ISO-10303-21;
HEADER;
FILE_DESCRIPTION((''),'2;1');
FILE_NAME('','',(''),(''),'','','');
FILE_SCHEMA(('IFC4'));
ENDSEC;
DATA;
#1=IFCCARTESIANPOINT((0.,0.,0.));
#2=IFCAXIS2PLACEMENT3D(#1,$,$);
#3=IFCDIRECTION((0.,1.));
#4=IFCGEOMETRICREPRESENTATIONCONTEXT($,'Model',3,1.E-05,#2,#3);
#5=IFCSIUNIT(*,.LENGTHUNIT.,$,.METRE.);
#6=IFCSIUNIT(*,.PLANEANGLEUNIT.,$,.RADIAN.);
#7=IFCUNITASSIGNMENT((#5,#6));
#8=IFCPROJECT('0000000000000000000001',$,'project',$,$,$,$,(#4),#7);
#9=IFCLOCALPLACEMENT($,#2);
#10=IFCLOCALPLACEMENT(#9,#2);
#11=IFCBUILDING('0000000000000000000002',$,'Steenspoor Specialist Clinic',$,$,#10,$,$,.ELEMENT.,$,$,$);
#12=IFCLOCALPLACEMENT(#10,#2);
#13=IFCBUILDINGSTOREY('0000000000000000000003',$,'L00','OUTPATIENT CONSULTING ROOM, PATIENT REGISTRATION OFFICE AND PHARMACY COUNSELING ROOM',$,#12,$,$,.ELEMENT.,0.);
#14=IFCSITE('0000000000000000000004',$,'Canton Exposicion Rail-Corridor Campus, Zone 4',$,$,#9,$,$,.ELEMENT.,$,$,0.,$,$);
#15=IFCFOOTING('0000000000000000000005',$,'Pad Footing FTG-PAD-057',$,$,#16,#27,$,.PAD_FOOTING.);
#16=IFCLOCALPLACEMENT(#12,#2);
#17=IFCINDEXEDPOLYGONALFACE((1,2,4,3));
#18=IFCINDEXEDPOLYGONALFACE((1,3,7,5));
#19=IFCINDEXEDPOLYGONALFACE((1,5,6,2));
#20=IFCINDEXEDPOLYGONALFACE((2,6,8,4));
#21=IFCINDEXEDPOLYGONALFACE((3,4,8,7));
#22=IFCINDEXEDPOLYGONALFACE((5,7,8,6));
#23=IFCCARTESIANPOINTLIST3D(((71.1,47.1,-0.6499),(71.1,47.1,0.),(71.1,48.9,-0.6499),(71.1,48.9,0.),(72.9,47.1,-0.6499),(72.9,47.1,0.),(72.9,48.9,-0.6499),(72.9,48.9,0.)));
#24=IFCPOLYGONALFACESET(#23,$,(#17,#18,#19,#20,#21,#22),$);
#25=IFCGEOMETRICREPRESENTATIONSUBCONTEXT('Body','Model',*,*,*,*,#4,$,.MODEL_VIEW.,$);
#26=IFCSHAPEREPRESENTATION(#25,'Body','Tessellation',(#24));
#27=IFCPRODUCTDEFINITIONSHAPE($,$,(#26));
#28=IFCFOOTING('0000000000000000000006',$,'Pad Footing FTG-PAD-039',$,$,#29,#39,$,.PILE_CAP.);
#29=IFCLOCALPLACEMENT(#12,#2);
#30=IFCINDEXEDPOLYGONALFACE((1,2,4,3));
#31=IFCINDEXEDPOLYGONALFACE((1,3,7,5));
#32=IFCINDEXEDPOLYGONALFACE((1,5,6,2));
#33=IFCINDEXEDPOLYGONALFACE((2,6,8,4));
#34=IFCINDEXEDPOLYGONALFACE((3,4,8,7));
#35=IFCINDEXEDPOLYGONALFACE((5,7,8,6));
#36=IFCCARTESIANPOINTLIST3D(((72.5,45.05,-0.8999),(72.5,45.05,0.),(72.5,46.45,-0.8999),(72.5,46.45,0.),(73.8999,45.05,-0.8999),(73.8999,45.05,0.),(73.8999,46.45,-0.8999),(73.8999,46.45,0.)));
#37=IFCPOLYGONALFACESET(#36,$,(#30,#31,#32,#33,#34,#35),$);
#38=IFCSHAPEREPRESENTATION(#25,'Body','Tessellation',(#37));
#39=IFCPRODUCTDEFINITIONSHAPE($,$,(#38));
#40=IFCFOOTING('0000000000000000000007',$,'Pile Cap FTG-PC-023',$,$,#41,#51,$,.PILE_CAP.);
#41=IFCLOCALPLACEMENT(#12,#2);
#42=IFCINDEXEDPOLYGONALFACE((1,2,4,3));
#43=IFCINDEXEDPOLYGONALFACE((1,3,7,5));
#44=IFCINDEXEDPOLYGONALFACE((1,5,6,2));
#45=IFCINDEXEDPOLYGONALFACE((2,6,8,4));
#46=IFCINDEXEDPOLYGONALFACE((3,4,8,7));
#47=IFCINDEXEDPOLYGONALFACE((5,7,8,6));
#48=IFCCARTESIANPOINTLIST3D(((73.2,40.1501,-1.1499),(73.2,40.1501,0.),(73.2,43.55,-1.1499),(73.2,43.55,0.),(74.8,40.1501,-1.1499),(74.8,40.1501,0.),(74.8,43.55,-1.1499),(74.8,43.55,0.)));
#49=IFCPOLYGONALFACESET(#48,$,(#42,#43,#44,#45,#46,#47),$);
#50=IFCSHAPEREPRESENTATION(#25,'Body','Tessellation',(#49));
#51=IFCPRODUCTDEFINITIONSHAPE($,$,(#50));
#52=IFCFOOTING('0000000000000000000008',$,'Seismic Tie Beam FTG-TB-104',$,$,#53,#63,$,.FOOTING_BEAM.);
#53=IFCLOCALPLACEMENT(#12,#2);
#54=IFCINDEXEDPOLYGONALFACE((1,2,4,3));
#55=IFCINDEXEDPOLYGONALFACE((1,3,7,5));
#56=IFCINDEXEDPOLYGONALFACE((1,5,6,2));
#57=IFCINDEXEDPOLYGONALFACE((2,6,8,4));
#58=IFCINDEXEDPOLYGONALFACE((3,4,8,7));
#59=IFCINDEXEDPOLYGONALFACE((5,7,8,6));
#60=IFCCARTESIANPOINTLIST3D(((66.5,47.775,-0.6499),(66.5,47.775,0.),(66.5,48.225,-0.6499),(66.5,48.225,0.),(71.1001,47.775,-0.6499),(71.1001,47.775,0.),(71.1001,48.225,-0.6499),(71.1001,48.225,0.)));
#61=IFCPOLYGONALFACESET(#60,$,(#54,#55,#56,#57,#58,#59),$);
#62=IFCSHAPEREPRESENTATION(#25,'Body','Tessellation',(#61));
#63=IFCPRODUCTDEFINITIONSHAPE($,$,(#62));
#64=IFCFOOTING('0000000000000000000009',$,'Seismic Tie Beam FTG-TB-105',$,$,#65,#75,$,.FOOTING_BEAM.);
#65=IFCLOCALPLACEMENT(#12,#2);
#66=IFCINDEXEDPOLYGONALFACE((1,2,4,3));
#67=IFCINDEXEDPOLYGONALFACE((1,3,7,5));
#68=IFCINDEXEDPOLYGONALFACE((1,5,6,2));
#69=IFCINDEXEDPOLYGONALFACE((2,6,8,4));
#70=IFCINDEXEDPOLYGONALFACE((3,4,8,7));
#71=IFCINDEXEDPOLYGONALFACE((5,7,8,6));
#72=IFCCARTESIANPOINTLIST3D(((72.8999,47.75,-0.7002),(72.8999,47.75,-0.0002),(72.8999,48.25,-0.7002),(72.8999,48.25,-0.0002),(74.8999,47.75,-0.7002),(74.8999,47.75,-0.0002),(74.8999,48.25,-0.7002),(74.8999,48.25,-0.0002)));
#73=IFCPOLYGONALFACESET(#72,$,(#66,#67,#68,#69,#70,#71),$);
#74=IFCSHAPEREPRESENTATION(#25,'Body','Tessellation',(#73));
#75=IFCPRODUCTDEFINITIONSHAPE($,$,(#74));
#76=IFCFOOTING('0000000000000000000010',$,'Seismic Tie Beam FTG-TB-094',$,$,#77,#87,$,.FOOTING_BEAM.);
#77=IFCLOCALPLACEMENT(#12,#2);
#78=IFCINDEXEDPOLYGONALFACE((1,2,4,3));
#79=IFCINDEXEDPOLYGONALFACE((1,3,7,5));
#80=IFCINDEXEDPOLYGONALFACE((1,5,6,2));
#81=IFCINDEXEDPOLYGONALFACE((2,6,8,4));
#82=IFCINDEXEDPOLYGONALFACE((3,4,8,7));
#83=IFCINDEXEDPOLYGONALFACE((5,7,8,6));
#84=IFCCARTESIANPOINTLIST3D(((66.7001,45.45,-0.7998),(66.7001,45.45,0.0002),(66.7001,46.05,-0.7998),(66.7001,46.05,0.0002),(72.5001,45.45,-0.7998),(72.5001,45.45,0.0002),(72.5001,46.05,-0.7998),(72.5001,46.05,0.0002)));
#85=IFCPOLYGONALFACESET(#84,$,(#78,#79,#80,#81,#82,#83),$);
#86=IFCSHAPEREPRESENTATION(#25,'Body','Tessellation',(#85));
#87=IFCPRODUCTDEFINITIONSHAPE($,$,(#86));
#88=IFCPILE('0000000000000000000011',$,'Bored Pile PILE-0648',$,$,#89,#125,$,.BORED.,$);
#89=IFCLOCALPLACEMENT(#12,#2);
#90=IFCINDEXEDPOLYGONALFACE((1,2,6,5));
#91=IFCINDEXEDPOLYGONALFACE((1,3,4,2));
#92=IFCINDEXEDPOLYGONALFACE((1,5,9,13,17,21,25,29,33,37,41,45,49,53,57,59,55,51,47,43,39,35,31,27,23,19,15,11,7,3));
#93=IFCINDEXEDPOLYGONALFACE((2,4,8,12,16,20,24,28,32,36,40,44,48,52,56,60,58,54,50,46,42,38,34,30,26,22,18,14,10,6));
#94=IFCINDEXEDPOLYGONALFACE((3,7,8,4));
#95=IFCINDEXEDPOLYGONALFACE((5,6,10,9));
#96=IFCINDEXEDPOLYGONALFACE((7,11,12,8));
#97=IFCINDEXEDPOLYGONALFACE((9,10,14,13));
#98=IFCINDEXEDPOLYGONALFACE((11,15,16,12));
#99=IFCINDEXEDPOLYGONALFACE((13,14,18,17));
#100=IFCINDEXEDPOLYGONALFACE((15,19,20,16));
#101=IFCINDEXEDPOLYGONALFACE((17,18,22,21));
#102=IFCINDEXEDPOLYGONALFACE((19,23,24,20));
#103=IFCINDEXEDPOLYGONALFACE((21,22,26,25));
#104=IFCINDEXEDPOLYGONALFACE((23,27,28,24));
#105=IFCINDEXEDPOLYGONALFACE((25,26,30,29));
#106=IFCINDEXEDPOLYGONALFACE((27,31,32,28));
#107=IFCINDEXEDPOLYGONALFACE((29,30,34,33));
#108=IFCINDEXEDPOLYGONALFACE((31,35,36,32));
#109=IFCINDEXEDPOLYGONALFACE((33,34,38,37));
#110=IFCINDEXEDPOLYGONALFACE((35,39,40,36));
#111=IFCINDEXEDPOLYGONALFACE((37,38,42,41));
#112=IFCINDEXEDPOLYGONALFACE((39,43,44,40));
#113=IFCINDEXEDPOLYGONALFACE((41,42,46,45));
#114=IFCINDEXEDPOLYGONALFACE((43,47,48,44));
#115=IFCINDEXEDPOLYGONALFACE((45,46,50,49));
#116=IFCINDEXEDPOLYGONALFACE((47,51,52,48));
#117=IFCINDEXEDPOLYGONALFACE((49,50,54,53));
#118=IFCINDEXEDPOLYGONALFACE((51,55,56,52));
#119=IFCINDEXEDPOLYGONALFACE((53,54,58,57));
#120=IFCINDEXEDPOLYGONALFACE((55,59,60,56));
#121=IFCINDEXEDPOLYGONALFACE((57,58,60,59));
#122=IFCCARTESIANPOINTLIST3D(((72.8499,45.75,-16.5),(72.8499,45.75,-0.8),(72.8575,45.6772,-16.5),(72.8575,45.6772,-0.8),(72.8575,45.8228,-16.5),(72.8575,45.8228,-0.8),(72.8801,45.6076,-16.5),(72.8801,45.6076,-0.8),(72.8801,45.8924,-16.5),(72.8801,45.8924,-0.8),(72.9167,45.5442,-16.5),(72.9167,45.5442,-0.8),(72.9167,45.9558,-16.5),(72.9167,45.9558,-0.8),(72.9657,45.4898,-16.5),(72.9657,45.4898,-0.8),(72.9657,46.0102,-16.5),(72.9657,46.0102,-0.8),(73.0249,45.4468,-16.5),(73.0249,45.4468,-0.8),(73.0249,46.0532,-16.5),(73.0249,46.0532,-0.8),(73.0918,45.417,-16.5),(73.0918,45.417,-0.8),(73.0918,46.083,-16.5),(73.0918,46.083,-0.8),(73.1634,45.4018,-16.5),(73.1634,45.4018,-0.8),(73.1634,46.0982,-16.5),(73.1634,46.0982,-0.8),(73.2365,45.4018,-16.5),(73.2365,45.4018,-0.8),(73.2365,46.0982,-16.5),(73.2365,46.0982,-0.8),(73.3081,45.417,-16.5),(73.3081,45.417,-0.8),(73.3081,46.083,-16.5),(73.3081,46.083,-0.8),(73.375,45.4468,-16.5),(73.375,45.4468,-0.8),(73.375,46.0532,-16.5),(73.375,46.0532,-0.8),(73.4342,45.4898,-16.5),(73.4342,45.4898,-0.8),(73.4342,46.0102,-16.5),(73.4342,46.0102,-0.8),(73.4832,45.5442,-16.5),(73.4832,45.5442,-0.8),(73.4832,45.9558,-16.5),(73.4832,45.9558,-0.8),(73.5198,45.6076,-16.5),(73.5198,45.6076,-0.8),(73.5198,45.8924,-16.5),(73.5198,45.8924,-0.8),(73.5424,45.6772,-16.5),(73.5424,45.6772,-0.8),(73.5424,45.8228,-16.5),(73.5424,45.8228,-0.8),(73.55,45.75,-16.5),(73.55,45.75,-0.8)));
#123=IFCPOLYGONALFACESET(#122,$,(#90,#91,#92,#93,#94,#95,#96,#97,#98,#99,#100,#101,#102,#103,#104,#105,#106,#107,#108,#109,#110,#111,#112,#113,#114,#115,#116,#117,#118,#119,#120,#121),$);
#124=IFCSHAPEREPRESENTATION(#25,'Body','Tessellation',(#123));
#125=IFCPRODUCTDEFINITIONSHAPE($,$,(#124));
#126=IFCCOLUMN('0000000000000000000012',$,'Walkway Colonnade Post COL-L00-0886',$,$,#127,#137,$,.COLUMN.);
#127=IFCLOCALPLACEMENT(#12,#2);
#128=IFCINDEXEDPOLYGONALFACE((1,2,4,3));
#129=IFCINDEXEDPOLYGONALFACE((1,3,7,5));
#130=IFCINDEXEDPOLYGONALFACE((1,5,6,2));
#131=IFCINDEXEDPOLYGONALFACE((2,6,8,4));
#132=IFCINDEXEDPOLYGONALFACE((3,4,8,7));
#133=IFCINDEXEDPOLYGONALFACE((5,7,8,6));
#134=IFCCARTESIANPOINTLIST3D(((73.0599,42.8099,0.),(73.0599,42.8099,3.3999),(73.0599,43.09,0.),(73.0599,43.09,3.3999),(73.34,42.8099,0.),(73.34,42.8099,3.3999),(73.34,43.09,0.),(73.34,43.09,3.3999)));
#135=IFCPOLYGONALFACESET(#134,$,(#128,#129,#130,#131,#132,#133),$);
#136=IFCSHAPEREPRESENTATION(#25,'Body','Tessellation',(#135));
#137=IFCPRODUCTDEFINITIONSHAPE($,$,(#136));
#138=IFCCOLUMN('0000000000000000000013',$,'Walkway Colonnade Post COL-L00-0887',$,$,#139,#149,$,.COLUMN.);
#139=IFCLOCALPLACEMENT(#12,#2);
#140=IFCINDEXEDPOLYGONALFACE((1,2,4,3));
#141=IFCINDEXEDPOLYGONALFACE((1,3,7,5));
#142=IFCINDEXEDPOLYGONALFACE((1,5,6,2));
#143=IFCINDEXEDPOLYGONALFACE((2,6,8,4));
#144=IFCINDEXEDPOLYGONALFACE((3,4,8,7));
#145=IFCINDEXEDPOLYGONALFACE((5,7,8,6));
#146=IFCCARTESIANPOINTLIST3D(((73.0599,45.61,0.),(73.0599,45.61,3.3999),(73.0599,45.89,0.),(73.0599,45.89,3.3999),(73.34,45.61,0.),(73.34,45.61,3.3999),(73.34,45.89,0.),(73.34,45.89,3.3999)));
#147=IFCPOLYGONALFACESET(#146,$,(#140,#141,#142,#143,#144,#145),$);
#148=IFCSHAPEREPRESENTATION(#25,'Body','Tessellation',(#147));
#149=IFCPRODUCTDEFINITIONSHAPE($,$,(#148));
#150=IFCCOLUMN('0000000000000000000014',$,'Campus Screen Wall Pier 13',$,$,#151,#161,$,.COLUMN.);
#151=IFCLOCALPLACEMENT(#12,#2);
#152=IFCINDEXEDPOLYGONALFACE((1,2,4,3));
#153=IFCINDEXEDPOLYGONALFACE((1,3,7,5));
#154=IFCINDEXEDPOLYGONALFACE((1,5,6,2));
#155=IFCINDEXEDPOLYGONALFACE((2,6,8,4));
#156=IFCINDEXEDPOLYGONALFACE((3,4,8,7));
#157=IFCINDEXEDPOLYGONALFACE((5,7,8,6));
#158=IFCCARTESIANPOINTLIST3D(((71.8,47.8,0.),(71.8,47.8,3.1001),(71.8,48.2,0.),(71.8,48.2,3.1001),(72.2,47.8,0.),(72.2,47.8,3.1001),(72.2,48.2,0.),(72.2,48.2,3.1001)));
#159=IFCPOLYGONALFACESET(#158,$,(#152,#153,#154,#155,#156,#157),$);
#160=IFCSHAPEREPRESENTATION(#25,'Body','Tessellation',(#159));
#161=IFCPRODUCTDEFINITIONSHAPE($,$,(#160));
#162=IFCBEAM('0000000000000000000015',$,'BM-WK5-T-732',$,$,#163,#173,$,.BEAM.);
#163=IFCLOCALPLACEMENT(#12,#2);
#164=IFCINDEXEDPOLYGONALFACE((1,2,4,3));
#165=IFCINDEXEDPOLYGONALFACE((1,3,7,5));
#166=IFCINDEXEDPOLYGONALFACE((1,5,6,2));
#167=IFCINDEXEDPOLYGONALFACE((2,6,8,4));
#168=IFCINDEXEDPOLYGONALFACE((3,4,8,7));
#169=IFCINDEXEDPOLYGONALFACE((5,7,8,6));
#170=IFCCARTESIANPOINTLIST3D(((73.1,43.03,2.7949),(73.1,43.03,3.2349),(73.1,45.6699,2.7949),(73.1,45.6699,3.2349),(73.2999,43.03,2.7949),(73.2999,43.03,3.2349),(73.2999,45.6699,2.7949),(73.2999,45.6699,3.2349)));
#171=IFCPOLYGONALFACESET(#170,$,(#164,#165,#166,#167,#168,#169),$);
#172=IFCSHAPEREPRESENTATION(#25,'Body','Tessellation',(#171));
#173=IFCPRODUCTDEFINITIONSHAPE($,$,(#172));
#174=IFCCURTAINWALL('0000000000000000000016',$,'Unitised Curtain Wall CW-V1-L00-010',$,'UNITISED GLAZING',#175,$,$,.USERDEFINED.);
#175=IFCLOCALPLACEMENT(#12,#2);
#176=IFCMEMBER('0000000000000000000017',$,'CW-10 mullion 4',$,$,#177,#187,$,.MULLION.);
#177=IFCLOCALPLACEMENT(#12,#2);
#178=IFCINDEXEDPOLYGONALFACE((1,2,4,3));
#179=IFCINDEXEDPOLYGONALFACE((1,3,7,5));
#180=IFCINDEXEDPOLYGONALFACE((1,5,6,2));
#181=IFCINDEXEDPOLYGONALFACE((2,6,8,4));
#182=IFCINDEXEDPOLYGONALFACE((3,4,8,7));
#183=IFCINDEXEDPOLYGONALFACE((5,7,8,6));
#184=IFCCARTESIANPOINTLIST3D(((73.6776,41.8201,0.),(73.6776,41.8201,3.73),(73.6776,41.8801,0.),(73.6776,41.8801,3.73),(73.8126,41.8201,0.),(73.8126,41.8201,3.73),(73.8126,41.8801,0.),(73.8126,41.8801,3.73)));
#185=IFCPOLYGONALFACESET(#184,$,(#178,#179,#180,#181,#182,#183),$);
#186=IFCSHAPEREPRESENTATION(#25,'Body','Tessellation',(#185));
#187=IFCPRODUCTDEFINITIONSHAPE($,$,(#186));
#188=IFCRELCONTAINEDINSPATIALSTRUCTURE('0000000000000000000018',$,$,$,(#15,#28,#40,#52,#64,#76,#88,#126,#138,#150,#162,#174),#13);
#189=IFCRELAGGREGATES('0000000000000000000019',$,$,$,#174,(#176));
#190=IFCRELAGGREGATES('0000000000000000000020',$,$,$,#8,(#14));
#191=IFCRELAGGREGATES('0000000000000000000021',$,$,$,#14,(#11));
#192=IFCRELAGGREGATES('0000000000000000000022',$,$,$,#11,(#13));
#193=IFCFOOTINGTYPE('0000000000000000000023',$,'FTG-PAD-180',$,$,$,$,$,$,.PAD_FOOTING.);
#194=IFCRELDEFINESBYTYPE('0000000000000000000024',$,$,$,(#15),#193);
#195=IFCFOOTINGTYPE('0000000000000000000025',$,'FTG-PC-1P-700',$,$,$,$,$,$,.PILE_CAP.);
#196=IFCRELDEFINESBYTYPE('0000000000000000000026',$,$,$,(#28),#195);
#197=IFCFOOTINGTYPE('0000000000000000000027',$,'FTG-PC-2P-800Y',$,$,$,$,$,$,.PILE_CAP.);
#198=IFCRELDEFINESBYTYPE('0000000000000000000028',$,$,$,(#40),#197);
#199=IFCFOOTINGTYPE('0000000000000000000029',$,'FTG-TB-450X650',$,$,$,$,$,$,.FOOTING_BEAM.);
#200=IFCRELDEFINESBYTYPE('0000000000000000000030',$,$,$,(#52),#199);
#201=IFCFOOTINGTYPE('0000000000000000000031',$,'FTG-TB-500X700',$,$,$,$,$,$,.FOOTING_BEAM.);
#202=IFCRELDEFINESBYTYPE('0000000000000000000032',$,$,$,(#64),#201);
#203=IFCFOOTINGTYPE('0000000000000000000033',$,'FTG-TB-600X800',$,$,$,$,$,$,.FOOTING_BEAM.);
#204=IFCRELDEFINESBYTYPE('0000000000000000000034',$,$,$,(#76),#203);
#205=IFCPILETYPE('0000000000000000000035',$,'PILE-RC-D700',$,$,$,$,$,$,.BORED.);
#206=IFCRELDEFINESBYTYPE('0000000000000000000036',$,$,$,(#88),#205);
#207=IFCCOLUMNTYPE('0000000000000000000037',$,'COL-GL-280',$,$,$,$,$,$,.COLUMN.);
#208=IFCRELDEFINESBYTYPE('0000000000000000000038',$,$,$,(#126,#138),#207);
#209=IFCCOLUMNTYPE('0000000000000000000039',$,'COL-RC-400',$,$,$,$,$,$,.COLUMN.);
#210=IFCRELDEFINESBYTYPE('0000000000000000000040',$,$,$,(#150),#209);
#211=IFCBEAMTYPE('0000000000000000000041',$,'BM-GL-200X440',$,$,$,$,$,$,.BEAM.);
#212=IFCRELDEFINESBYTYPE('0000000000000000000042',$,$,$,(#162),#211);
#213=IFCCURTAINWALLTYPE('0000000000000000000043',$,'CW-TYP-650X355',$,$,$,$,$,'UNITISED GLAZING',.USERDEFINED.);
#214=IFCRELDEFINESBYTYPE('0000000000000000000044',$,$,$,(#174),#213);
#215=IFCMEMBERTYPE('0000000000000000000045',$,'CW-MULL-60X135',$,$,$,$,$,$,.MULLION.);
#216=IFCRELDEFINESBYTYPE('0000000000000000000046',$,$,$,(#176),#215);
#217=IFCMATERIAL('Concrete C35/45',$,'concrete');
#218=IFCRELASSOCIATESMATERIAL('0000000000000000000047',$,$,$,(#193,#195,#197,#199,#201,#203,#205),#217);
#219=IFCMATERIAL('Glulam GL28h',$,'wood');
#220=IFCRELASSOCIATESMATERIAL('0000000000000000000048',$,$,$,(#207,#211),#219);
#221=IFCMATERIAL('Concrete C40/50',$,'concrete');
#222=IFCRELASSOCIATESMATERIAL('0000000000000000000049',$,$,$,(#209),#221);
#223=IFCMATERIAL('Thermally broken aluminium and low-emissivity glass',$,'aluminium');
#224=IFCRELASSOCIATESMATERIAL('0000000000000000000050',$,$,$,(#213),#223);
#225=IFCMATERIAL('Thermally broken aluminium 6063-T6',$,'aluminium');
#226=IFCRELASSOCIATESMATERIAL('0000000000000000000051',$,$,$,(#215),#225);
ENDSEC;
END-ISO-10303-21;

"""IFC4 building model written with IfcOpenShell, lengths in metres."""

from ifc_helpers import new_model, si_unit, direction, frame, origin, origin_2d, place, context, subcontext, project, spatial, rectangle, circle, extrude, material, material_profile, profile_set, type_object, element, aggregate, save


model = new_model("IFC4")

# Units and contexts
model_context = context("Model", 3, precision=1e-05, world=origin(), true_north=direction((0.0, 1.0)))
body_context = subcontext(model_context, "Body", "Model", "MODEL_VIEW")
ifc_project = project(units=[si_unit("LENGTHUNIT", "METRE"), si_unit("PLANEANGLEUNIT", "RADIAN")], contexts=[model_context])

# Site, building, storey
site_placement = place(None, origin())
site = spatial("IfcSite", under=ifc_project, at=site_placement, Name="Canton Exposicion Rail-Corridor Campus, Zone 4", CompositionType="ELEMENT", RefElevation=0.0)
building_placement = place(site_placement, origin())
building = spatial("IfcBuilding", under=site, at=building_placement, Name="Steenspoor Specialist Clinic", CompositionType="ELEMENT")
storey_placement = place(building_placement, origin())
storey = spatial("IfcBuildingStorey", under=building, at=storey_placement, Name="L00", Description="OUTPATIENT CONSULTING ROOM, PATIENT REGISTRATION OFFICE AND PHARMACY COUNSELING ROOM", CompositionType="ELEMENT", Elevation=0.0)

# Footings
ifc_material_1 = material(Name="Concrete C35/45", Category="concrete")
footing_type_1 = type_object("IfcFootingType", Name="FTG-PAD-180", PredefinedType="PAD_FOOTING", material=ifc_material_1)
footing_1_placement = place(storey_placement, frame((72.0, 48.0, -0.6499), z_axis=(0.0, 0.0, 1.0), x_axis=(1.0, 0.0, 0.0)))
element("IfcFooting", 1, at=footing_1_placement, inside=storey, type_object=footing_type_1, Name="Pad Footing FTG-PAD-057", PredefinedType="PAD_FOOTING", context=body_context, shape_type="SweptSolid", body=[
    extrude(rectangle(XDim=1.8, YDim=1.8, at=origin_2d()), origin(), (0.0, 0.0, 1.0), 0.6499),
])
footing_type_2 = type_object("IfcFootingType", Name="FTG-PC-1P-700", PredefinedType="PILE_CAP", material=ifc_material_1)
footing_2_placement = place(storey_placement, frame((73.2, 45.75, -0.8999), z_axis=(0.0, 0.0, 1.0), x_axis=(1.0, 0.0, 0.0)))
element("IfcFooting", 2, at=footing_2_placement, inside=storey, type_object=footing_type_2, Name="Pad Footing FTG-PAD-039", PredefinedType="PILE_CAP", context=body_context, shape_type="SweptSolid", body=[
    extrude(rectangle(XDim=1.3999, YDim=1.3999, at=origin_2d()), origin(), (0.0, 0.0, 1.0), 0.8999),
])
footing_type_3 = type_object("IfcFootingType", Name="FTG-PC-2P-800Y", PredefinedType="PILE_CAP", material=ifc_material_1)
footing_3_placement = place(storey_placement, frame((74.0, 41.8501, -1.1499), z_axis=(0.0, 0.0, 1.0), x_axis=(1.0, 0.0, 0.0)))
element("IfcFooting", 3, at=footing_3_placement, inside=storey, type_object=footing_type_3, Name="Pile Cap FTG-PC-023", PredefinedType="PILE_CAP", context=body_context, shape_type="SweptSolid", body=[
    extrude(rectangle(XDim=1.6001, YDim=3.3999, at=origin_2d()), origin(), (0.0, 0.0, 1.0), 1.1499),
])
footing_type_4 = type_object("IfcFootingType", Name="FTG-TB-450X650", PredefinedType="FOOTING_BEAM", material=ifc_material_1)
footing_4_placement = place(storey_placement, frame((68.8, 48.0, -0.6499), z_axis=(0.0, 0.0, 1.0), x_axis=(1.0, 0.0, 0.0)))
element("IfcFooting", 4, at=footing_4_placement, inside=storey, type_object=footing_type_4, Name="Seismic Tie Beam FTG-TB-104", PredefinedType="FOOTING_BEAM", context=body_context, shape_type="SweptSolid", body=[
    extrude(rectangle(XDim=4.6001, YDim=0.45, at=origin_2d()), origin(), (0.0, 0.0, 1.0), 0.6499),
])
footing_type_5 = type_object("IfcFootingType", Name="FTG-TB-500X700", PredefinedType="FOOTING_BEAM", material=ifc_material_1)
footing_5_placement = place(storey_placement, frame((73.8999, 48.0, -0.7002), z_axis=(0.0, 0.0, 1.0), x_axis=(1.0, 0.0, 0.0)))
element("IfcFooting", 5, at=footing_5_placement, inside=storey, type_object=footing_type_5, Name="Seismic Tie Beam FTG-TB-105", PredefinedType="FOOTING_BEAM", context=body_context, shape_type="SweptSolid", body=[
    extrude(rectangle(XDim=2.0, YDim=0.5, at=origin_2d()), origin(), (0.0, 0.0, 1.0), 0.7),
])
footing_type_6 = type_object("IfcFootingType", Name="FTG-TB-600X800", PredefinedType="FOOTING_BEAM", material=ifc_material_1)
footing_6_placement = place(storey_placement, frame((69.6001, 45.75, -0.7998), z_axis=(0.0, 0.0, 1.0), x_axis=(1.0, 0.0, 0.0)))
element("IfcFooting", 6, at=footing_6_placement, inside=storey, type_object=footing_type_6, Name="Seismic Tie Beam FTG-TB-094", PredefinedType="FOOTING_BEAM", context=body_context, shape_type="SweptSolid", body=[
    extrude(rectangle(XDim=5.8, YDim=0.6001, at=origin_2d()), origin(), (0.0, 0.0, 1.0), 0.8),
])

# Pile
ifc_material_profile_1 = material_profile(ifc_material_1, circle(Radius=0.3501, at=origin_2d()), Name="PILE-D700")
ifc_profile_set_1 = profile_set([ifc_material_profile_1], Name="Concrete C35/45")
pile_type = type_object("IfcPileType", Name="PILE-RC-D700", PredefinedType="BORED", material=ifc_profile_set_1)
pile_placement = place(storey_placement, frame((73.2, 45.75, -0.8), z_axis=(0.0, 0.0, -1.0), x_axis=(1.0, 0.0, 0.0)))
element("IfcPile", 7, at=pile_placement, inside=storey, type_object=pile_type, Name="Bored Pile PILE-0648", PredefinedType="BORED", context=body_context, shape_type="SweptSolid", body=[
    extrude(circle(Radius=0.3501, at=origin_2d()), origin(), (0.0, 0.0, 1.0), 15.7),
])

# Columns
ifc_material_2 = material(Name="Glulam GL28h", Category="wood")
ifc_material_profile_2 = material_profile(ifc_material_2, rectangle(XDim=0.28, YDim=0.28, at=origin_2d()), Name="GL28H-280X280")
ifc_profile_set_2 = profile_set([ifc_material_profile_2], Name="Glulam GL28h")
column_type_1 = type_object("IfcColumnType", Name="COL-GL-280", PredefinedType="COLUMN", material=ifc_profile_set_2)
for number, where, z_axis, x_axis, name in (
    (8, (73.2, 42.95, 0.0), (0.0, 0.0, 1.0), (1.0, 0.0, 0.0), "Walkway Colonnade Post COL-L00-0886"),
    (9, (73.2, 45.75, 0.0), (0.0, 0.0, 1.0), (1.0, 0.0, 0.0), "Walkway Colonnade Post COL-L00-0887"),
):
    element("IfcColumn", number, at=place(storey_placement, frame(where, z_axis=z_axis, x_axis=x_axis)), inside=storey, type_object=column_type_1, Name=name, PredefinedType="COLUMN", context=body_context, shape_type="SweptSolid", body=[
        extrude(rectangle(XDim=0.28, YDim=0.28, at=origin_2d()), origin(), (0.0, 0.0, 1.0), 3.3999),
    ])
ifc_material_3 = material(Name="Concrete C40/50", Category="concrete")
ifc_material_profile_3 = material_profile(ifc_material_3, rectangle(XDim=0.3999, YDim=0.3999, at=origin_2d()), Name="RC-COL-400X400")
ifc_profile_set_3 = profile_set([ifc_material_profile_3], Name="Concrete C40/50")
column_type_2 = type_object("IfcColumnType", Name="COL-RC-400", PredefinedType="COLUMN", material=ifc_profile_set_3)
column_placement = place(storey_placement, frame((72.0, 48.0, 0.0), z_axis=(0.0, 0.0, 1.0), x_axis=(1.0, 0.0, 0.0)))
element("IfcColumn", 10, at=column_placement, inside=storey, type_object=column_type_2, Name="Campus Screen Wall Pier 13", PredefinedType="COLUMN", context=body_context, shape_type="SweptSolid", body=[
    extrude(rectangle(XDim=0.3999, YDim=0.3999, at=origin_2d()), origin(), (0.0, 0.0, 1.0), 3.1001),
])

# Beam
ifc_material_profile_4 = material_profile(ifc_material_2, rectangle(XDim=0.2, YDim=0.4399, at=origin_2d()), Name="GL28H-200X440")
ifc_profile_set_4 = profile_set([ifc_material_profile_4], Name="Glulam GL28h")
beam_type = type_object("IfcBeamType", Name="BM-GL-200X440", PredefinedType="BEAM", material=ifc_profile_set_4)
beam_placement = place(storey_placement, frame((73.2, 43.03, 3.0149), z_axis=(0.0, 1.0, 0.0), x_axis=(-1.0, 0.0, 0.0)))
element("IfcBeam", 11, at=beam_placement, inside=storey, type_object=beam_type, Name="BM-WK5-T-732", PredefinedType="BEAM", context=body_context, shape_type="SweptSolid", body=[
    extrude(rectangle(XDim=0.2, YDim=0.4399, at=origin_2d()), origin(), (0.0, 0.0, 1.0), 2.6399),
])

# Curtain wall, member
ifc_material_4 = material(Name="Thermally broken aluminium and low-emissivity glass", Category="aluminium")
curtain_wall_type = type_object("IfcCurtainWallType", Name="CW-TYP-650X355", ElementType="UNITISED GLAZING", PredefinedType="USERDEFINED", material=ifc_material_4)
curtain_wall_placement = place(storey_placement, origin())
curtain_wall = element("IfcCurtainWall", 12, at=curtain_wall_placement, inside=storey, type_object=curtain_wall_type, Name="Unitised Curtain Wall CW-V1-L00-010", ObjectType="UNITISED GLAZING", PredefinedType="USERDEFINED")
ifc_material_5 = material(Name="Thermally broken aluminium 6063-T6", Category="aluminium")
ifc_material_profile_5 = material_profile(ifc_material_5, rectangle(XDim=0.0601, YDim=0.135, at=origin_2d()), Name="CWM-60X135")
ifc_profile_set_5 = profile_set([ifc_material_profile_5], Name="Thermally broken aluminium 6063-T6")
member_type_1 = type_object("IfcMemberType", Name="CW-MULL-60X135", PredefinedType="MULLION", material=ifc_profile_set_5)
member_1_placement = place(storey_placement, frame((73.7451, 41.8501, 0.0), z_axis=(0.0, 0.0, 1.0), x_axis=(0.0, 1.0, 0.0)))
member_1 = element("IfcMember", 13, at=member_1_placement, type_object=member_type_1, Name="CW-10 mullion 4", PredefinedType="MULLION", context=body_context, shape_type="SweptSolid", body=[
    extrude(rectangle(XDim=0.0601, YDim=0.135, at=origin_2d()), origin(), (0.0, 0.0, 1.0), 3.73),
])
aggregate(curtain_wall, [member_1])

save(model, "model.ifc")
